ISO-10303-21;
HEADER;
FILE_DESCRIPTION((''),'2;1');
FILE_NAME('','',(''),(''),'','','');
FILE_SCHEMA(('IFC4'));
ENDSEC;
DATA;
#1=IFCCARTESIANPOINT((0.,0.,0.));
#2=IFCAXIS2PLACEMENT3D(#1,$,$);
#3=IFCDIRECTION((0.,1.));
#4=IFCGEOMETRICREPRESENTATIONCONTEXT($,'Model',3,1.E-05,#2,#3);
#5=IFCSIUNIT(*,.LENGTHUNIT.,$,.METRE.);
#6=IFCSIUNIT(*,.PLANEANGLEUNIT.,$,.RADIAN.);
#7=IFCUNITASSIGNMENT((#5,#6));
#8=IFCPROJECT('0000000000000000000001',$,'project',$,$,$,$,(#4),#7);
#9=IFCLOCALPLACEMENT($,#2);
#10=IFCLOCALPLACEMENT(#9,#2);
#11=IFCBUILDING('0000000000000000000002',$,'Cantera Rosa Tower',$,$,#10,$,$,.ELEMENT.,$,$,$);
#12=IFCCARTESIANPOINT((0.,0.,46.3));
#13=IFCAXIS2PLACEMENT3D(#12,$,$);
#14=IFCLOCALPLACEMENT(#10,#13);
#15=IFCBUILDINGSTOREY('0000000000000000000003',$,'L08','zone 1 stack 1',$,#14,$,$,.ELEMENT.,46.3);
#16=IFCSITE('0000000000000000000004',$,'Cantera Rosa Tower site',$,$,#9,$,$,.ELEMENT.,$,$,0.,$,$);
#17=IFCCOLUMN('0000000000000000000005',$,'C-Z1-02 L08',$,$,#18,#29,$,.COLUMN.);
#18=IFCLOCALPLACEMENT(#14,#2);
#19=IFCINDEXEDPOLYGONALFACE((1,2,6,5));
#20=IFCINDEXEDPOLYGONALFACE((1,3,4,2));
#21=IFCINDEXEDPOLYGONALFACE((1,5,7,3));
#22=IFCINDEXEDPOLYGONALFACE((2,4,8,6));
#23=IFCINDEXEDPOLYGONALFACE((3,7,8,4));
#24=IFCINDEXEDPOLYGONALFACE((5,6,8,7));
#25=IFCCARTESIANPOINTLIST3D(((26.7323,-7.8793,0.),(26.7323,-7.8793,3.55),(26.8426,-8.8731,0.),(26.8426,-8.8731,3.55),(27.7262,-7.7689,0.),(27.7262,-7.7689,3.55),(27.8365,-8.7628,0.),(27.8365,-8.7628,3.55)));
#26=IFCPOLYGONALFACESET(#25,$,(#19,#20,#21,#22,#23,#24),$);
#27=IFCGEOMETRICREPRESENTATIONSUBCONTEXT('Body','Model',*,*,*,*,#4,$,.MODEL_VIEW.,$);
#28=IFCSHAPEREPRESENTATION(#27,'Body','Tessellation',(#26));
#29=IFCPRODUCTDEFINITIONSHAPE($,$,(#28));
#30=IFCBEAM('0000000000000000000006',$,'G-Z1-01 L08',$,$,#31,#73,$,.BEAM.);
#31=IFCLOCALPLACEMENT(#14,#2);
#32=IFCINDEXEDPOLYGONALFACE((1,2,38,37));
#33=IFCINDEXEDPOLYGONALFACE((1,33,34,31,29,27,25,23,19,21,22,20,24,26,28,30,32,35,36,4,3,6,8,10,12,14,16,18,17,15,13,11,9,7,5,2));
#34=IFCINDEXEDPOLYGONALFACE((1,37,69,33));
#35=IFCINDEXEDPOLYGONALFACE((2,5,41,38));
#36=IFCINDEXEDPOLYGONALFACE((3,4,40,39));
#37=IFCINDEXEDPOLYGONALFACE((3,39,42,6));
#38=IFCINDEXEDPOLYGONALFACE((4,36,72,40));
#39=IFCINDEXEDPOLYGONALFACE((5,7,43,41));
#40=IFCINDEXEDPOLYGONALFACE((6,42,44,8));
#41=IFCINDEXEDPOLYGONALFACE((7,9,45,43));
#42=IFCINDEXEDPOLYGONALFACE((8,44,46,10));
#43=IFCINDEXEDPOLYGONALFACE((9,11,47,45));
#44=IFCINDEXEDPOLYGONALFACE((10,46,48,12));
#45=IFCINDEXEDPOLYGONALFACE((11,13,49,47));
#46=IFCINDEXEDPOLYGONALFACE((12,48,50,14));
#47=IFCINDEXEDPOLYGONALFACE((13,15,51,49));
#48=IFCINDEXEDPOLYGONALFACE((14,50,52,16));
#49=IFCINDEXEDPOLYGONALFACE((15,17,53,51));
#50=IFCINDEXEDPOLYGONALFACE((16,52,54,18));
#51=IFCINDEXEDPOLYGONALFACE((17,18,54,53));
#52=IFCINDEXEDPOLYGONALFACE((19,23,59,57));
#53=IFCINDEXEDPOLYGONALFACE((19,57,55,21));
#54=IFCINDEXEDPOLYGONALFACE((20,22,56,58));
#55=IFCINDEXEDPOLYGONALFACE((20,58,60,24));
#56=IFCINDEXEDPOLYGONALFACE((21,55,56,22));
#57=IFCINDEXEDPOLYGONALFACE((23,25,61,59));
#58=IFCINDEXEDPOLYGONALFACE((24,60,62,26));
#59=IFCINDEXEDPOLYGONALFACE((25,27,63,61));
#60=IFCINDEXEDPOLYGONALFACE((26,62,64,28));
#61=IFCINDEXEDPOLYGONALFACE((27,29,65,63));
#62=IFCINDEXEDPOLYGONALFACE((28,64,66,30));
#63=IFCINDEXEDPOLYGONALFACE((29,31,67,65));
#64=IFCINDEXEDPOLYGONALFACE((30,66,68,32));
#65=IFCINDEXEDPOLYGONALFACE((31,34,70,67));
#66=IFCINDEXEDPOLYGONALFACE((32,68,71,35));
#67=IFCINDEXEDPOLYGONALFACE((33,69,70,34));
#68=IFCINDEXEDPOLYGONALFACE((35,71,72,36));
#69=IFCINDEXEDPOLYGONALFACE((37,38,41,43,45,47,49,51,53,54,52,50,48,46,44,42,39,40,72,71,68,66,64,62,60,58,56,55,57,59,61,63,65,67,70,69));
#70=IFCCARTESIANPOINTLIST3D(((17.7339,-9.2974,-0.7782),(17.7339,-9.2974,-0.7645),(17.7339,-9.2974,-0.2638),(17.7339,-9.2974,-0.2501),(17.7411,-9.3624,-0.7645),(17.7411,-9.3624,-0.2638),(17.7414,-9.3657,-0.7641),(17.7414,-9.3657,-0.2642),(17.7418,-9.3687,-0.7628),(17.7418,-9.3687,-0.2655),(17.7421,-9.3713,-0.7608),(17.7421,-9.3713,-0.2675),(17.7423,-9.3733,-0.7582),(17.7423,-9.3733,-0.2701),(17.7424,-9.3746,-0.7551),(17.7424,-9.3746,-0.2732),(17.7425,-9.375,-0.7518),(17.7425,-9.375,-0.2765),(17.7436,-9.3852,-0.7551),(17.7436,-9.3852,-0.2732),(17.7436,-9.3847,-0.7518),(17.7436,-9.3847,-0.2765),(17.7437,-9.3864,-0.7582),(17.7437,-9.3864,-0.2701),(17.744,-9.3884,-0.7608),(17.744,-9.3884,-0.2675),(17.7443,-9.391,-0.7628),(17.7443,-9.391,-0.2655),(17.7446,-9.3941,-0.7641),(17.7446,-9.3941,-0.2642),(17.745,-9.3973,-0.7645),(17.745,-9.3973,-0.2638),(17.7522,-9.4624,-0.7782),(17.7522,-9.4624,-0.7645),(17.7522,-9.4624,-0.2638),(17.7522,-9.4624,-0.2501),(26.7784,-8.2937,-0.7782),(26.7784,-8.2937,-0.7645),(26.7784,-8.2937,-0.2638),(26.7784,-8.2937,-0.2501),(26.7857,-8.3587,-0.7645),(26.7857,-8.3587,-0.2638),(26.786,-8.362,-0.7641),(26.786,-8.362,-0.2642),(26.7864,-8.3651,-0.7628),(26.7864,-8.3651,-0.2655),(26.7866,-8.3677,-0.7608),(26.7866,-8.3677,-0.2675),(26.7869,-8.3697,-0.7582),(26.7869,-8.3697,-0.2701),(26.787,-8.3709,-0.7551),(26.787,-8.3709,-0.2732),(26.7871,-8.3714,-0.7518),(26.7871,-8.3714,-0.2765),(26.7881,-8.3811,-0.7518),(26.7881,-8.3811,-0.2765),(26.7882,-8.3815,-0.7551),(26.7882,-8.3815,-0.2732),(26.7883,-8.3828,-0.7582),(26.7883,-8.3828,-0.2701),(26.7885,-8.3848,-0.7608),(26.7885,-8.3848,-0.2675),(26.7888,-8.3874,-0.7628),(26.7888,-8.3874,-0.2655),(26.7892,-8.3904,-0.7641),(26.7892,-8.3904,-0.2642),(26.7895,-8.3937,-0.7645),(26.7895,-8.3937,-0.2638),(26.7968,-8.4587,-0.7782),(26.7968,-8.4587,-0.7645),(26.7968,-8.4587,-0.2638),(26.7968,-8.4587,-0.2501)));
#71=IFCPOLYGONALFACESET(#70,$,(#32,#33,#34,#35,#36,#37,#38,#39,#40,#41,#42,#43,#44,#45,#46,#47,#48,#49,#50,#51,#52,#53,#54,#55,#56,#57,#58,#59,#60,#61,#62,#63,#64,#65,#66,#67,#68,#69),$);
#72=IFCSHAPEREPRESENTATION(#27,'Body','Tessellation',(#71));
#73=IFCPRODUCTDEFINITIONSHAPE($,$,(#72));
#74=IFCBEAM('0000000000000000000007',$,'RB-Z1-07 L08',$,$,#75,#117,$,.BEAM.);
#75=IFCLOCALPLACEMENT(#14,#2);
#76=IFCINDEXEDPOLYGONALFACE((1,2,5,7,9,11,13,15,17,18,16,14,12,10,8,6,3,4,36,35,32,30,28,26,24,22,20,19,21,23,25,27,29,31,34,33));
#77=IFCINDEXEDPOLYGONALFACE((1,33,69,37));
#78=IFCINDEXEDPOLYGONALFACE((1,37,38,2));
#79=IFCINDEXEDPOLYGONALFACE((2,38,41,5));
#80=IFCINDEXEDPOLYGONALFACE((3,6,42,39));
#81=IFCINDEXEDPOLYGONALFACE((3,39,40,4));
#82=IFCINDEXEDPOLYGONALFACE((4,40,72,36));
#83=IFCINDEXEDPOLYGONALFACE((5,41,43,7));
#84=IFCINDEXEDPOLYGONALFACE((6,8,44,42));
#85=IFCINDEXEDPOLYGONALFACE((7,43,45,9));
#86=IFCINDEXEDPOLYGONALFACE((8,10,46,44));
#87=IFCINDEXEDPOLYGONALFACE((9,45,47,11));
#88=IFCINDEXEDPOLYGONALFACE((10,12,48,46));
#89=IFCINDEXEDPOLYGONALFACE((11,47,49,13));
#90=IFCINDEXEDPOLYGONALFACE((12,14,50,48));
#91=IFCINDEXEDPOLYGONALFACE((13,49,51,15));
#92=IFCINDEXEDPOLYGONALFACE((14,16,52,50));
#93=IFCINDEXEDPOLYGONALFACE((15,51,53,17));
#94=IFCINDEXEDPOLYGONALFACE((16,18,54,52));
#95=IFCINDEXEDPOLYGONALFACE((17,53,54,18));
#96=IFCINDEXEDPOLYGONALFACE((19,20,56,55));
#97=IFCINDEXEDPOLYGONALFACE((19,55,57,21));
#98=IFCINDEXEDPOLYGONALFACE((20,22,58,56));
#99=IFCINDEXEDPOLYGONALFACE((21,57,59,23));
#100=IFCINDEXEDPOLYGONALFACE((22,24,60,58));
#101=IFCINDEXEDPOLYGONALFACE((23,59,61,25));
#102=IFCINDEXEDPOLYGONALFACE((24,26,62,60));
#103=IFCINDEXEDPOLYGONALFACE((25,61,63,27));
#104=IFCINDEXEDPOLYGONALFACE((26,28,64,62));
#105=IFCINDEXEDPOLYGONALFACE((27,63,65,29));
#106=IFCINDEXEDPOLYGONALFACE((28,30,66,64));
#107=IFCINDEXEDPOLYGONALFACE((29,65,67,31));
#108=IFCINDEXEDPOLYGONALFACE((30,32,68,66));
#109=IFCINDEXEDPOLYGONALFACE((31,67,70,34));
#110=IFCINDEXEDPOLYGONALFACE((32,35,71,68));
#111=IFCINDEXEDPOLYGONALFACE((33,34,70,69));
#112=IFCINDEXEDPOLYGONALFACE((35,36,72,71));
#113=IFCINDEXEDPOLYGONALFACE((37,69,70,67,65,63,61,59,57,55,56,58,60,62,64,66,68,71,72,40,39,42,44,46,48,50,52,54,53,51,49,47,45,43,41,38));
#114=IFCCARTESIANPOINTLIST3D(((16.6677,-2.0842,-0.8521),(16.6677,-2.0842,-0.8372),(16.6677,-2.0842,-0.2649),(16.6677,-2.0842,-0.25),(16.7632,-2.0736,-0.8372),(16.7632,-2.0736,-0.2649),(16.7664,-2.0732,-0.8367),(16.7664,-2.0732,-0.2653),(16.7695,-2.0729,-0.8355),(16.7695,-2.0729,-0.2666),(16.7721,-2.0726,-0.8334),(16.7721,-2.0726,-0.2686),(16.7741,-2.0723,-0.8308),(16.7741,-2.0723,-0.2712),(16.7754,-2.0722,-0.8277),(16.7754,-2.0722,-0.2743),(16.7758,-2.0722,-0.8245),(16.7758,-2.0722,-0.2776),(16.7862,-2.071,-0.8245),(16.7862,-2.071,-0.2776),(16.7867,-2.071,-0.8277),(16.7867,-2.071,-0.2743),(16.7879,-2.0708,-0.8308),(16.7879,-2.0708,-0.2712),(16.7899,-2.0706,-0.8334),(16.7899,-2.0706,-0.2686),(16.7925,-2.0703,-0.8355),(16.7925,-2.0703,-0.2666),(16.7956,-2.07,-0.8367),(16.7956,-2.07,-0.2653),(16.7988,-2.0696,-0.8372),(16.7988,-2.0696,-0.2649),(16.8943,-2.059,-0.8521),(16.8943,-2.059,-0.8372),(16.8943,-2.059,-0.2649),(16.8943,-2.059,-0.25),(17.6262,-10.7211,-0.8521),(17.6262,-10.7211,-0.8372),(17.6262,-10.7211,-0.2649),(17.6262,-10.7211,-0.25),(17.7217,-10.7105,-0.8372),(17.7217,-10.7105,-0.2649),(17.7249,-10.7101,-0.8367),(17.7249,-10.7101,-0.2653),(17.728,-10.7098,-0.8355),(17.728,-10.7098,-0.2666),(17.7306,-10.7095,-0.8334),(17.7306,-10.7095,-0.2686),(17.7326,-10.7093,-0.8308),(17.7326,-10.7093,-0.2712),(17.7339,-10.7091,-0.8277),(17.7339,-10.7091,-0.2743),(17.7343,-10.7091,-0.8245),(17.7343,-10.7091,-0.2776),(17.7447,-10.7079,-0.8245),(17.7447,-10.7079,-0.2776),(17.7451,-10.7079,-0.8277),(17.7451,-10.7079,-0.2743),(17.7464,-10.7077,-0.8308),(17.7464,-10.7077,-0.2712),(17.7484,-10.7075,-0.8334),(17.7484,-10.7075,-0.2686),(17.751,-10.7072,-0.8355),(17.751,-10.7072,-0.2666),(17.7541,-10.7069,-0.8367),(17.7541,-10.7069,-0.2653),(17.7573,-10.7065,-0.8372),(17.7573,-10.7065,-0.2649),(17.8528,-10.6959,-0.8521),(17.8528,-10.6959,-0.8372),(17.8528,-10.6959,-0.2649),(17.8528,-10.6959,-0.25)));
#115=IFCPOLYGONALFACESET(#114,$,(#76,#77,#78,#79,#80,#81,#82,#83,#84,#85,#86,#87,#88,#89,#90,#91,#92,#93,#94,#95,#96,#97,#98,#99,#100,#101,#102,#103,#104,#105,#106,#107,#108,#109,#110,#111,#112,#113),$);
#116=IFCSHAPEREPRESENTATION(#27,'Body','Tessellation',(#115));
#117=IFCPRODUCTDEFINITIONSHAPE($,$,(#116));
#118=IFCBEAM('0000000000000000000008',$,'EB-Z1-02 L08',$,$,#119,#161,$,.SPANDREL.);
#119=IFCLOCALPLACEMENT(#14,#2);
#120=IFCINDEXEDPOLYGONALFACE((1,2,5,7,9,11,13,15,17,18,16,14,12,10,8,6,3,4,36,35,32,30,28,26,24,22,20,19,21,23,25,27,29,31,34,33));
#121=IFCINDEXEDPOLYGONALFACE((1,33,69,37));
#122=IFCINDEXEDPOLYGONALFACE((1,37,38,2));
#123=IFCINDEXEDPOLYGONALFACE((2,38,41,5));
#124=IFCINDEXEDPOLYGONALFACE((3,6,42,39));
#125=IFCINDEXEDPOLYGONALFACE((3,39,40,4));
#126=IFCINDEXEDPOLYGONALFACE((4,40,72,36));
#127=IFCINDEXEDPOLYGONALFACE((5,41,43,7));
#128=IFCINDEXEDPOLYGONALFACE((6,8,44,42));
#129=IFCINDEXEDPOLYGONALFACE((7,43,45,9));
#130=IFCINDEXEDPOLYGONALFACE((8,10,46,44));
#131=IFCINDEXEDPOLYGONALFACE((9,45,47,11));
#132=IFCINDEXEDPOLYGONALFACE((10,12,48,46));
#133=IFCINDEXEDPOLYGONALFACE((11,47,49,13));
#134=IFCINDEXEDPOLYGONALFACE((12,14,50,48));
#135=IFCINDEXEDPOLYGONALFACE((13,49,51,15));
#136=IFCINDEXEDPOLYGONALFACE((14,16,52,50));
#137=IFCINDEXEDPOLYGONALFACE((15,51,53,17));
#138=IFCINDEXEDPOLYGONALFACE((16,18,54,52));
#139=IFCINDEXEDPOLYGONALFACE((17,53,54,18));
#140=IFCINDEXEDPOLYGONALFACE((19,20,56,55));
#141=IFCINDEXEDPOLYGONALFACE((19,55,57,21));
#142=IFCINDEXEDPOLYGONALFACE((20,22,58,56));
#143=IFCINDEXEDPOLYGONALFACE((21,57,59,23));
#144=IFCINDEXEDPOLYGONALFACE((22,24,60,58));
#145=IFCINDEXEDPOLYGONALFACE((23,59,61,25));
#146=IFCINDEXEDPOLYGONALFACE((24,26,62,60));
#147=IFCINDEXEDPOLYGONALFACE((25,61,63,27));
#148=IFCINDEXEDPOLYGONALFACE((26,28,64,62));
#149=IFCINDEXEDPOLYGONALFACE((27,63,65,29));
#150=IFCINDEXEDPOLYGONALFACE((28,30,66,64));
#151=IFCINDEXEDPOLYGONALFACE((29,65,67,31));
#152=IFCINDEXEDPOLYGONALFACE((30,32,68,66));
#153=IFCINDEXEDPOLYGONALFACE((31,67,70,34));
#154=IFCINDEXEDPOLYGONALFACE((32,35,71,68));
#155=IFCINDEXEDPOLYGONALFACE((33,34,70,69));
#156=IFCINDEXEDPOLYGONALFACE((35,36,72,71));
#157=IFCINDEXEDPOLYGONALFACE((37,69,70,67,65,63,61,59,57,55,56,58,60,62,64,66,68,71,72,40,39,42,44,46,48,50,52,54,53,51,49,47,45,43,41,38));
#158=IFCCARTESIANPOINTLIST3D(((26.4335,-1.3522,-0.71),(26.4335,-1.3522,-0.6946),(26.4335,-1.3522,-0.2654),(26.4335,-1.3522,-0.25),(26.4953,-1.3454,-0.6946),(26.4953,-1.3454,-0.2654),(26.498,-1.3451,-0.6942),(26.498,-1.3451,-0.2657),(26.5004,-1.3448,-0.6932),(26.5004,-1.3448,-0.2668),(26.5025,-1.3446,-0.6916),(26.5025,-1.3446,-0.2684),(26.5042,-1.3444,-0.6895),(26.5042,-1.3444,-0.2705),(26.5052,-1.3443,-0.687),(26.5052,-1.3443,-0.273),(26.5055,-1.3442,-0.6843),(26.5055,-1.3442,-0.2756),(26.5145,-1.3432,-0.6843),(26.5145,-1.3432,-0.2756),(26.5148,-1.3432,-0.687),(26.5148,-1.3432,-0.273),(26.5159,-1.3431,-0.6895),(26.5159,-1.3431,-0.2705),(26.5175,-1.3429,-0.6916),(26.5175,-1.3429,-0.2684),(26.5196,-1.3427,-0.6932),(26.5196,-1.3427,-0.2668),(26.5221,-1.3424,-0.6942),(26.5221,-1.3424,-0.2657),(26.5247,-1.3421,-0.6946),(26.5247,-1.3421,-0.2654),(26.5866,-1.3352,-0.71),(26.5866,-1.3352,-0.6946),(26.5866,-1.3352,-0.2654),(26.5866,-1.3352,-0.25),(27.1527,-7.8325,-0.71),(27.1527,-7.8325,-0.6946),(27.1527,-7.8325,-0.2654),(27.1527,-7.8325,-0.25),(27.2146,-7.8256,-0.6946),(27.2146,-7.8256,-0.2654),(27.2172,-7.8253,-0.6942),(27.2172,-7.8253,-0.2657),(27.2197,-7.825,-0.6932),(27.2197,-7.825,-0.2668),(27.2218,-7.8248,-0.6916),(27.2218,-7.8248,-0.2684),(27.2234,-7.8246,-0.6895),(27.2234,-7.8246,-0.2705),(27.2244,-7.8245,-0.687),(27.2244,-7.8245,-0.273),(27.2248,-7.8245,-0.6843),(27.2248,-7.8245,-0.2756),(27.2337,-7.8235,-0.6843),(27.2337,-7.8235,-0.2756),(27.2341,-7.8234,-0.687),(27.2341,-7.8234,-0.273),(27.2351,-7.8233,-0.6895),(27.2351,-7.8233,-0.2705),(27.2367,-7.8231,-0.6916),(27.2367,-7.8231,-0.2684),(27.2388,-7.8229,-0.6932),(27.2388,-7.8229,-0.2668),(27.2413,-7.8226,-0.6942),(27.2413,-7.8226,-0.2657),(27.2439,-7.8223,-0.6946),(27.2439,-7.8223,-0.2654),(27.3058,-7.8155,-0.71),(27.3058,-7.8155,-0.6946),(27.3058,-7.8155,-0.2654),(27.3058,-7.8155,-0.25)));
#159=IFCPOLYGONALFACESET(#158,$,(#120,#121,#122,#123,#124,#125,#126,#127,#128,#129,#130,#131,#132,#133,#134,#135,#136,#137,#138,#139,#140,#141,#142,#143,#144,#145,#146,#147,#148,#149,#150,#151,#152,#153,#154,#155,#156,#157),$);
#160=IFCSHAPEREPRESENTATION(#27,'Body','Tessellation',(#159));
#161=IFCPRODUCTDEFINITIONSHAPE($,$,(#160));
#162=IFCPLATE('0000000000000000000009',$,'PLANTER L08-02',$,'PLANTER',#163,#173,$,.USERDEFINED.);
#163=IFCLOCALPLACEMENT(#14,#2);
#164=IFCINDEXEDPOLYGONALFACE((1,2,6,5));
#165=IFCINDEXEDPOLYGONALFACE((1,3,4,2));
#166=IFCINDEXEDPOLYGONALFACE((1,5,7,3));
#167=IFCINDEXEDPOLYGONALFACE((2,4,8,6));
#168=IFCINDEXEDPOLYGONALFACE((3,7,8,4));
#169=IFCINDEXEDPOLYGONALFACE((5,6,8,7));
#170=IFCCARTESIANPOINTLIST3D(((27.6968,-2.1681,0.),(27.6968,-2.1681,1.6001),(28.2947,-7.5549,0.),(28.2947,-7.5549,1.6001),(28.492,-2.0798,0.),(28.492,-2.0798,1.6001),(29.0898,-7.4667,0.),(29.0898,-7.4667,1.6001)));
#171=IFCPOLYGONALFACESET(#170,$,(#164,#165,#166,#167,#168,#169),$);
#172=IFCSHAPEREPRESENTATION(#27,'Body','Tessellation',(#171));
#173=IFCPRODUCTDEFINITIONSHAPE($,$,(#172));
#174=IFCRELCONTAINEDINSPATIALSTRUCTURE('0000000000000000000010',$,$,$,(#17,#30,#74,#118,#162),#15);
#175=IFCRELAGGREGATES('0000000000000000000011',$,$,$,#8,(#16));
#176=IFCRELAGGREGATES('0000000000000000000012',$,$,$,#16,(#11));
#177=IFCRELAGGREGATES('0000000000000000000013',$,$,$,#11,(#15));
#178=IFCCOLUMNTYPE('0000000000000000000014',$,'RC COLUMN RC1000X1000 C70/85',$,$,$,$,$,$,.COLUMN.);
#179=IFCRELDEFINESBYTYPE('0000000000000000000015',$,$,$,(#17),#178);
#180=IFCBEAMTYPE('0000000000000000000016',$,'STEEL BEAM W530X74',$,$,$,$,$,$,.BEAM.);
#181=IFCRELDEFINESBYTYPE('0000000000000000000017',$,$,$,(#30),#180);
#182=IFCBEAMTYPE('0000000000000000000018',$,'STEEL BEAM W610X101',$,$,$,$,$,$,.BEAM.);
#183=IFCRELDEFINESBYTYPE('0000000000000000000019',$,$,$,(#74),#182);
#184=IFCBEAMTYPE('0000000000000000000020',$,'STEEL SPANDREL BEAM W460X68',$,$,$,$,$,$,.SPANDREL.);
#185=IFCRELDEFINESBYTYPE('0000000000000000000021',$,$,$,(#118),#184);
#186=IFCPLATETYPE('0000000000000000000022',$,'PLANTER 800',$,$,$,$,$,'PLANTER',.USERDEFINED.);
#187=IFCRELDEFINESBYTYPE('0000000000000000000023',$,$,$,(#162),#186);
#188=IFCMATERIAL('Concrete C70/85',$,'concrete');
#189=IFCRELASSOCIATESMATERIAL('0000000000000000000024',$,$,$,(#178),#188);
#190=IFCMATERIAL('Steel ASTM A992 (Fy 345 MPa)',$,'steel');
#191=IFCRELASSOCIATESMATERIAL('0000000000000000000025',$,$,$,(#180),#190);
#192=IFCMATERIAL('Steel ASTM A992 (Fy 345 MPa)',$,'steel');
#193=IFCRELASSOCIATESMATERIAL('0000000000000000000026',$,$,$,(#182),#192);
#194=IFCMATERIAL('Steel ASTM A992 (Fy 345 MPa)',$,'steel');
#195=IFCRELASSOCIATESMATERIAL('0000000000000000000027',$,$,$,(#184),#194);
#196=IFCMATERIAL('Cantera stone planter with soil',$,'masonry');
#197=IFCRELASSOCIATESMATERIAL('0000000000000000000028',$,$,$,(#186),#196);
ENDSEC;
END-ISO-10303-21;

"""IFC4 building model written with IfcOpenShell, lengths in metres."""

from ifc_helpers import new_model, si_unit, direction, frame, origin, origin_2d, place, context, subcontext, project, spatial, rectangle, i_section, extrude, material, material_profile, profile_set, type_object, element, save


model = new_model("IFC4")

# Units and contexts
model_context = context("Model", 3, precision=1e-05, world=origin(), true_north=direction((0.0, 1.0)))
body_context = subcontext(model_context, "Body", "Model", "MODEL_VIEW")
ifc_project = project(units=[si_unit("LENGTHUNIT", "METRE"), si_unit("PLANEANGLEUNIT", "RADIAN")], contexts=[model_context])

# Site, building, storey
site_placement = place(None, origin())
site = spatial("IfcSite", under=ifc_project, at=site_placement, Name="Cantera Rosa Tower site", CompositionType="ELEMENT", RefElevation=0.0)
building_placement = place(site_placement, origin())
building = spatial("IfcBuilding", under=site, at=building_placement, Name="Cantera Rosa Tower", CompositionType="ELEMENT")
storey_placement = place(building_placement, frame((0.0, 0.0, 46.3)))
storey = spatial("IfcBuildingStorey", under=building, at=storey_placement, Name="L08", Description="zone 1 stack 1", CompositionType="ELEMENT", Elevation=46.3)

# Column
ifc_material_1 = material(Name="Concrete C70/85", Category="concrete")
ifc_material_profile_1 = material_profile(ifc_material_1, rectangle(XDim=1.0, YDim=1.0, at=origin_2d()), Name="RC COLUMN RC1000X1000 C70/85")
ifc_profile_set_1 = profile_set([ifc_material_profile_1], Name="Concrete C70/85")
column_type = type_object("IfcColumnType", Name="RC COLUMN RC1000X1000 C70/85", PredefinedType="COLUMN", material=ifc_profile_set_1)
column_placement = place(storey_placement, frame((27.2844, -8.321, 0.0), z_axis=(0.0, 0.0, 1.0), x_axis=(0.993897, 0.110313, 0.0)))
element("IfcColumn", 1, at=column_placement, inside=storey, type_object=column_type, Name="C-Z1-02 L08", PredefinedType="COLUMN", context=body_context, shape_type="SweptSolid", body=[
    extrude(rectangle(XDim=1.0, YDim=1.0, at=origin_2d()), origin(), (0.0, 0.0, 1.0), 3.55),
])

# Beams
ifc_material_2 = material(Name="Steel ASTM A992 (Fy 345 MPa)", Category="steel")
ifc_material_profile_2 = material_profile(ifc_material_2, i_section(OverallWidth=0.166, OverallDepth=0.5281, WebThickness=0.0098, FlangeThickness=0.0137, FilletRadius=0.0127, at=origin_2d()), Name="W530X74")
ifc_profile_set_2 = profile_set([ifc_material_profile_2], Name="Steel ASTM A992 (Fy 345 MPa)")
beam_type_1 = type_object("IfcBeamType", Name="STEEL BEAM W530X74", PredefinedType="BEAM", material=ifc_profile_set_2)
beam_1_placement = place(storey_placement, frame((26.7876, -8.3762, -0.5142), z_axis=(-0.993899, -0.11029, 0.0), x_axis=(0.11029, -0.993899, 0.0)))
element("IfcBeam", 2, at=beam_1_placement, inside=storey, type_object=beam_type_1, Name="G-Z1-01 L08", PredefinedType="BEAM", context=body_context, shape_type="SweptSolid", body=[
    extrude(i_section(OverallWidth=0.166, OverallDepth=0.5281, WebThickness=0.0098, FlangeThickness=0.0137, FilletRadius=0.0127, at=origin_2d()), origin(), (0.0, 0.0, 1.0), 9.1001),
])
ifc_material_3 = material(Name="Steel ASTM A992 (Fy 345 MPa)", Category="steel")
ifc_material_profile_3 = material_profile(ifc_material_3, i_section(OverallWidth=0.228, OverallDepth=0.6021, WebThickness=0.0105, FlangeThickness=0.0149, FilletRadius=0.0127, at=origin_2d()), Name="W610X101")
ifc_profile_set_3 = profile_set([ifc_material_profile_3], Name="Steel ASTM A992 (Fy 345 MPa)")
beam_type_2 = type_object("IfcBeamType", Name="STEEL BEAM W610X101", PredefinedType="BEAM", material=ifc_profile_set_3)
beam_2_placement = place(storey_placement, frame((17.7395, -10.7085, -0.551), z_axis=(-0.110299, 0.993898, 0.0), x_axis=(-0.993898, -0.110299, 0.0)))
element("IfcBeam", 3, at=beam_2_placement, inside=storey, type_object=beam_type_2, Name="RB-Z1-07 L08", PredefinedType="BEAM", context=body_context, shape_type="SweptSolid", body=[
    extrude(i_section(OverallWidth=0.228, OverallDepth=0.6021, WebThickness=0.0105, FlangeThickness=0.0149, FilletRadius=0.0127, at=origin_2d()), origin(), (0.0, 0.0, 1.0), 8.6899),
])
ifc_material_4 = material(Name="Steel ASTM A992 (Fy 345 MPa)", Category="steel")
ifc_material_profile_4 = material_profile(ifc_material_4, i_section(OverallWidth=0.1541, OverallDepth=0.46, WebThickness=0.009, FlangeThickness=0.0154, FilletRadius=0.0103, at=origin_2d()), Name="W460X68")
ifc_profile_set_4 = profile_set([ifc_material_profile_4], Name="Steel ASTM A992 (Fy 345 MPa)")
beam_type_3 = type_object("IfcBeamType", Name="STEEL SPANDREL BEAM W460X68", PredefinedType="SPANDREL", material=ifc_profile_set_4)
beam_3_placement = place(storey_placement, frame((27.2292, -7.824, -0.48), z_axis=(-0.110312, 0.993897, 0.0), x_axis=(-0.993897, -0.110312, 0.0)))
element("IfcBeam", 4, at=beam_3_placement, inside=storey, type_object=beam_type_3, Name="EB-Z1-02 L08", PredefinedType="SPANDREL", context=body_context, shape_type="SweptSolid", body=[
    extrude(i_section(OverallWidth=0.1541, OverallDepth=0.46, WebThickness=0.009, FlangeThickness=0.0154, FilletRadius=0.0103, at=origin_2d()), origin(), (0.0, 0.0, 1.0), 6.52),
])

# Plate
ifc_material_5 = material(Name="Cantera stone planter with soil", Category="masonry")
plate_type = type_object("IfcPlateType", Name="PLANTER 800", ElementType="PLANTER", PredefinedType="USERDEFINED", material=ifc_material_5)
plate_placement = place(storey_placement, frame((28.3933, -4.8174, 0.0), z_axis=(0.0, 0.0, 1.0), x_axis=(-0.110313, 0.993897, 0.0)))
element("IfcPlate", 5, at=plate_placement, inside=storey, type_object=plate_type, Name="PLANTER L08-02", ObjectType="PLANTER", PredefinedType="USERDEFINED", context=body_context, shape_type="SweptSolid", body=[
    extrude(rectangle(XDim=5.4199, YDim=0.8, at=origin_2d()), origin(), (0.0, 0.0, 1.0), 1.6001),
])

save(model, "model.ifc")
